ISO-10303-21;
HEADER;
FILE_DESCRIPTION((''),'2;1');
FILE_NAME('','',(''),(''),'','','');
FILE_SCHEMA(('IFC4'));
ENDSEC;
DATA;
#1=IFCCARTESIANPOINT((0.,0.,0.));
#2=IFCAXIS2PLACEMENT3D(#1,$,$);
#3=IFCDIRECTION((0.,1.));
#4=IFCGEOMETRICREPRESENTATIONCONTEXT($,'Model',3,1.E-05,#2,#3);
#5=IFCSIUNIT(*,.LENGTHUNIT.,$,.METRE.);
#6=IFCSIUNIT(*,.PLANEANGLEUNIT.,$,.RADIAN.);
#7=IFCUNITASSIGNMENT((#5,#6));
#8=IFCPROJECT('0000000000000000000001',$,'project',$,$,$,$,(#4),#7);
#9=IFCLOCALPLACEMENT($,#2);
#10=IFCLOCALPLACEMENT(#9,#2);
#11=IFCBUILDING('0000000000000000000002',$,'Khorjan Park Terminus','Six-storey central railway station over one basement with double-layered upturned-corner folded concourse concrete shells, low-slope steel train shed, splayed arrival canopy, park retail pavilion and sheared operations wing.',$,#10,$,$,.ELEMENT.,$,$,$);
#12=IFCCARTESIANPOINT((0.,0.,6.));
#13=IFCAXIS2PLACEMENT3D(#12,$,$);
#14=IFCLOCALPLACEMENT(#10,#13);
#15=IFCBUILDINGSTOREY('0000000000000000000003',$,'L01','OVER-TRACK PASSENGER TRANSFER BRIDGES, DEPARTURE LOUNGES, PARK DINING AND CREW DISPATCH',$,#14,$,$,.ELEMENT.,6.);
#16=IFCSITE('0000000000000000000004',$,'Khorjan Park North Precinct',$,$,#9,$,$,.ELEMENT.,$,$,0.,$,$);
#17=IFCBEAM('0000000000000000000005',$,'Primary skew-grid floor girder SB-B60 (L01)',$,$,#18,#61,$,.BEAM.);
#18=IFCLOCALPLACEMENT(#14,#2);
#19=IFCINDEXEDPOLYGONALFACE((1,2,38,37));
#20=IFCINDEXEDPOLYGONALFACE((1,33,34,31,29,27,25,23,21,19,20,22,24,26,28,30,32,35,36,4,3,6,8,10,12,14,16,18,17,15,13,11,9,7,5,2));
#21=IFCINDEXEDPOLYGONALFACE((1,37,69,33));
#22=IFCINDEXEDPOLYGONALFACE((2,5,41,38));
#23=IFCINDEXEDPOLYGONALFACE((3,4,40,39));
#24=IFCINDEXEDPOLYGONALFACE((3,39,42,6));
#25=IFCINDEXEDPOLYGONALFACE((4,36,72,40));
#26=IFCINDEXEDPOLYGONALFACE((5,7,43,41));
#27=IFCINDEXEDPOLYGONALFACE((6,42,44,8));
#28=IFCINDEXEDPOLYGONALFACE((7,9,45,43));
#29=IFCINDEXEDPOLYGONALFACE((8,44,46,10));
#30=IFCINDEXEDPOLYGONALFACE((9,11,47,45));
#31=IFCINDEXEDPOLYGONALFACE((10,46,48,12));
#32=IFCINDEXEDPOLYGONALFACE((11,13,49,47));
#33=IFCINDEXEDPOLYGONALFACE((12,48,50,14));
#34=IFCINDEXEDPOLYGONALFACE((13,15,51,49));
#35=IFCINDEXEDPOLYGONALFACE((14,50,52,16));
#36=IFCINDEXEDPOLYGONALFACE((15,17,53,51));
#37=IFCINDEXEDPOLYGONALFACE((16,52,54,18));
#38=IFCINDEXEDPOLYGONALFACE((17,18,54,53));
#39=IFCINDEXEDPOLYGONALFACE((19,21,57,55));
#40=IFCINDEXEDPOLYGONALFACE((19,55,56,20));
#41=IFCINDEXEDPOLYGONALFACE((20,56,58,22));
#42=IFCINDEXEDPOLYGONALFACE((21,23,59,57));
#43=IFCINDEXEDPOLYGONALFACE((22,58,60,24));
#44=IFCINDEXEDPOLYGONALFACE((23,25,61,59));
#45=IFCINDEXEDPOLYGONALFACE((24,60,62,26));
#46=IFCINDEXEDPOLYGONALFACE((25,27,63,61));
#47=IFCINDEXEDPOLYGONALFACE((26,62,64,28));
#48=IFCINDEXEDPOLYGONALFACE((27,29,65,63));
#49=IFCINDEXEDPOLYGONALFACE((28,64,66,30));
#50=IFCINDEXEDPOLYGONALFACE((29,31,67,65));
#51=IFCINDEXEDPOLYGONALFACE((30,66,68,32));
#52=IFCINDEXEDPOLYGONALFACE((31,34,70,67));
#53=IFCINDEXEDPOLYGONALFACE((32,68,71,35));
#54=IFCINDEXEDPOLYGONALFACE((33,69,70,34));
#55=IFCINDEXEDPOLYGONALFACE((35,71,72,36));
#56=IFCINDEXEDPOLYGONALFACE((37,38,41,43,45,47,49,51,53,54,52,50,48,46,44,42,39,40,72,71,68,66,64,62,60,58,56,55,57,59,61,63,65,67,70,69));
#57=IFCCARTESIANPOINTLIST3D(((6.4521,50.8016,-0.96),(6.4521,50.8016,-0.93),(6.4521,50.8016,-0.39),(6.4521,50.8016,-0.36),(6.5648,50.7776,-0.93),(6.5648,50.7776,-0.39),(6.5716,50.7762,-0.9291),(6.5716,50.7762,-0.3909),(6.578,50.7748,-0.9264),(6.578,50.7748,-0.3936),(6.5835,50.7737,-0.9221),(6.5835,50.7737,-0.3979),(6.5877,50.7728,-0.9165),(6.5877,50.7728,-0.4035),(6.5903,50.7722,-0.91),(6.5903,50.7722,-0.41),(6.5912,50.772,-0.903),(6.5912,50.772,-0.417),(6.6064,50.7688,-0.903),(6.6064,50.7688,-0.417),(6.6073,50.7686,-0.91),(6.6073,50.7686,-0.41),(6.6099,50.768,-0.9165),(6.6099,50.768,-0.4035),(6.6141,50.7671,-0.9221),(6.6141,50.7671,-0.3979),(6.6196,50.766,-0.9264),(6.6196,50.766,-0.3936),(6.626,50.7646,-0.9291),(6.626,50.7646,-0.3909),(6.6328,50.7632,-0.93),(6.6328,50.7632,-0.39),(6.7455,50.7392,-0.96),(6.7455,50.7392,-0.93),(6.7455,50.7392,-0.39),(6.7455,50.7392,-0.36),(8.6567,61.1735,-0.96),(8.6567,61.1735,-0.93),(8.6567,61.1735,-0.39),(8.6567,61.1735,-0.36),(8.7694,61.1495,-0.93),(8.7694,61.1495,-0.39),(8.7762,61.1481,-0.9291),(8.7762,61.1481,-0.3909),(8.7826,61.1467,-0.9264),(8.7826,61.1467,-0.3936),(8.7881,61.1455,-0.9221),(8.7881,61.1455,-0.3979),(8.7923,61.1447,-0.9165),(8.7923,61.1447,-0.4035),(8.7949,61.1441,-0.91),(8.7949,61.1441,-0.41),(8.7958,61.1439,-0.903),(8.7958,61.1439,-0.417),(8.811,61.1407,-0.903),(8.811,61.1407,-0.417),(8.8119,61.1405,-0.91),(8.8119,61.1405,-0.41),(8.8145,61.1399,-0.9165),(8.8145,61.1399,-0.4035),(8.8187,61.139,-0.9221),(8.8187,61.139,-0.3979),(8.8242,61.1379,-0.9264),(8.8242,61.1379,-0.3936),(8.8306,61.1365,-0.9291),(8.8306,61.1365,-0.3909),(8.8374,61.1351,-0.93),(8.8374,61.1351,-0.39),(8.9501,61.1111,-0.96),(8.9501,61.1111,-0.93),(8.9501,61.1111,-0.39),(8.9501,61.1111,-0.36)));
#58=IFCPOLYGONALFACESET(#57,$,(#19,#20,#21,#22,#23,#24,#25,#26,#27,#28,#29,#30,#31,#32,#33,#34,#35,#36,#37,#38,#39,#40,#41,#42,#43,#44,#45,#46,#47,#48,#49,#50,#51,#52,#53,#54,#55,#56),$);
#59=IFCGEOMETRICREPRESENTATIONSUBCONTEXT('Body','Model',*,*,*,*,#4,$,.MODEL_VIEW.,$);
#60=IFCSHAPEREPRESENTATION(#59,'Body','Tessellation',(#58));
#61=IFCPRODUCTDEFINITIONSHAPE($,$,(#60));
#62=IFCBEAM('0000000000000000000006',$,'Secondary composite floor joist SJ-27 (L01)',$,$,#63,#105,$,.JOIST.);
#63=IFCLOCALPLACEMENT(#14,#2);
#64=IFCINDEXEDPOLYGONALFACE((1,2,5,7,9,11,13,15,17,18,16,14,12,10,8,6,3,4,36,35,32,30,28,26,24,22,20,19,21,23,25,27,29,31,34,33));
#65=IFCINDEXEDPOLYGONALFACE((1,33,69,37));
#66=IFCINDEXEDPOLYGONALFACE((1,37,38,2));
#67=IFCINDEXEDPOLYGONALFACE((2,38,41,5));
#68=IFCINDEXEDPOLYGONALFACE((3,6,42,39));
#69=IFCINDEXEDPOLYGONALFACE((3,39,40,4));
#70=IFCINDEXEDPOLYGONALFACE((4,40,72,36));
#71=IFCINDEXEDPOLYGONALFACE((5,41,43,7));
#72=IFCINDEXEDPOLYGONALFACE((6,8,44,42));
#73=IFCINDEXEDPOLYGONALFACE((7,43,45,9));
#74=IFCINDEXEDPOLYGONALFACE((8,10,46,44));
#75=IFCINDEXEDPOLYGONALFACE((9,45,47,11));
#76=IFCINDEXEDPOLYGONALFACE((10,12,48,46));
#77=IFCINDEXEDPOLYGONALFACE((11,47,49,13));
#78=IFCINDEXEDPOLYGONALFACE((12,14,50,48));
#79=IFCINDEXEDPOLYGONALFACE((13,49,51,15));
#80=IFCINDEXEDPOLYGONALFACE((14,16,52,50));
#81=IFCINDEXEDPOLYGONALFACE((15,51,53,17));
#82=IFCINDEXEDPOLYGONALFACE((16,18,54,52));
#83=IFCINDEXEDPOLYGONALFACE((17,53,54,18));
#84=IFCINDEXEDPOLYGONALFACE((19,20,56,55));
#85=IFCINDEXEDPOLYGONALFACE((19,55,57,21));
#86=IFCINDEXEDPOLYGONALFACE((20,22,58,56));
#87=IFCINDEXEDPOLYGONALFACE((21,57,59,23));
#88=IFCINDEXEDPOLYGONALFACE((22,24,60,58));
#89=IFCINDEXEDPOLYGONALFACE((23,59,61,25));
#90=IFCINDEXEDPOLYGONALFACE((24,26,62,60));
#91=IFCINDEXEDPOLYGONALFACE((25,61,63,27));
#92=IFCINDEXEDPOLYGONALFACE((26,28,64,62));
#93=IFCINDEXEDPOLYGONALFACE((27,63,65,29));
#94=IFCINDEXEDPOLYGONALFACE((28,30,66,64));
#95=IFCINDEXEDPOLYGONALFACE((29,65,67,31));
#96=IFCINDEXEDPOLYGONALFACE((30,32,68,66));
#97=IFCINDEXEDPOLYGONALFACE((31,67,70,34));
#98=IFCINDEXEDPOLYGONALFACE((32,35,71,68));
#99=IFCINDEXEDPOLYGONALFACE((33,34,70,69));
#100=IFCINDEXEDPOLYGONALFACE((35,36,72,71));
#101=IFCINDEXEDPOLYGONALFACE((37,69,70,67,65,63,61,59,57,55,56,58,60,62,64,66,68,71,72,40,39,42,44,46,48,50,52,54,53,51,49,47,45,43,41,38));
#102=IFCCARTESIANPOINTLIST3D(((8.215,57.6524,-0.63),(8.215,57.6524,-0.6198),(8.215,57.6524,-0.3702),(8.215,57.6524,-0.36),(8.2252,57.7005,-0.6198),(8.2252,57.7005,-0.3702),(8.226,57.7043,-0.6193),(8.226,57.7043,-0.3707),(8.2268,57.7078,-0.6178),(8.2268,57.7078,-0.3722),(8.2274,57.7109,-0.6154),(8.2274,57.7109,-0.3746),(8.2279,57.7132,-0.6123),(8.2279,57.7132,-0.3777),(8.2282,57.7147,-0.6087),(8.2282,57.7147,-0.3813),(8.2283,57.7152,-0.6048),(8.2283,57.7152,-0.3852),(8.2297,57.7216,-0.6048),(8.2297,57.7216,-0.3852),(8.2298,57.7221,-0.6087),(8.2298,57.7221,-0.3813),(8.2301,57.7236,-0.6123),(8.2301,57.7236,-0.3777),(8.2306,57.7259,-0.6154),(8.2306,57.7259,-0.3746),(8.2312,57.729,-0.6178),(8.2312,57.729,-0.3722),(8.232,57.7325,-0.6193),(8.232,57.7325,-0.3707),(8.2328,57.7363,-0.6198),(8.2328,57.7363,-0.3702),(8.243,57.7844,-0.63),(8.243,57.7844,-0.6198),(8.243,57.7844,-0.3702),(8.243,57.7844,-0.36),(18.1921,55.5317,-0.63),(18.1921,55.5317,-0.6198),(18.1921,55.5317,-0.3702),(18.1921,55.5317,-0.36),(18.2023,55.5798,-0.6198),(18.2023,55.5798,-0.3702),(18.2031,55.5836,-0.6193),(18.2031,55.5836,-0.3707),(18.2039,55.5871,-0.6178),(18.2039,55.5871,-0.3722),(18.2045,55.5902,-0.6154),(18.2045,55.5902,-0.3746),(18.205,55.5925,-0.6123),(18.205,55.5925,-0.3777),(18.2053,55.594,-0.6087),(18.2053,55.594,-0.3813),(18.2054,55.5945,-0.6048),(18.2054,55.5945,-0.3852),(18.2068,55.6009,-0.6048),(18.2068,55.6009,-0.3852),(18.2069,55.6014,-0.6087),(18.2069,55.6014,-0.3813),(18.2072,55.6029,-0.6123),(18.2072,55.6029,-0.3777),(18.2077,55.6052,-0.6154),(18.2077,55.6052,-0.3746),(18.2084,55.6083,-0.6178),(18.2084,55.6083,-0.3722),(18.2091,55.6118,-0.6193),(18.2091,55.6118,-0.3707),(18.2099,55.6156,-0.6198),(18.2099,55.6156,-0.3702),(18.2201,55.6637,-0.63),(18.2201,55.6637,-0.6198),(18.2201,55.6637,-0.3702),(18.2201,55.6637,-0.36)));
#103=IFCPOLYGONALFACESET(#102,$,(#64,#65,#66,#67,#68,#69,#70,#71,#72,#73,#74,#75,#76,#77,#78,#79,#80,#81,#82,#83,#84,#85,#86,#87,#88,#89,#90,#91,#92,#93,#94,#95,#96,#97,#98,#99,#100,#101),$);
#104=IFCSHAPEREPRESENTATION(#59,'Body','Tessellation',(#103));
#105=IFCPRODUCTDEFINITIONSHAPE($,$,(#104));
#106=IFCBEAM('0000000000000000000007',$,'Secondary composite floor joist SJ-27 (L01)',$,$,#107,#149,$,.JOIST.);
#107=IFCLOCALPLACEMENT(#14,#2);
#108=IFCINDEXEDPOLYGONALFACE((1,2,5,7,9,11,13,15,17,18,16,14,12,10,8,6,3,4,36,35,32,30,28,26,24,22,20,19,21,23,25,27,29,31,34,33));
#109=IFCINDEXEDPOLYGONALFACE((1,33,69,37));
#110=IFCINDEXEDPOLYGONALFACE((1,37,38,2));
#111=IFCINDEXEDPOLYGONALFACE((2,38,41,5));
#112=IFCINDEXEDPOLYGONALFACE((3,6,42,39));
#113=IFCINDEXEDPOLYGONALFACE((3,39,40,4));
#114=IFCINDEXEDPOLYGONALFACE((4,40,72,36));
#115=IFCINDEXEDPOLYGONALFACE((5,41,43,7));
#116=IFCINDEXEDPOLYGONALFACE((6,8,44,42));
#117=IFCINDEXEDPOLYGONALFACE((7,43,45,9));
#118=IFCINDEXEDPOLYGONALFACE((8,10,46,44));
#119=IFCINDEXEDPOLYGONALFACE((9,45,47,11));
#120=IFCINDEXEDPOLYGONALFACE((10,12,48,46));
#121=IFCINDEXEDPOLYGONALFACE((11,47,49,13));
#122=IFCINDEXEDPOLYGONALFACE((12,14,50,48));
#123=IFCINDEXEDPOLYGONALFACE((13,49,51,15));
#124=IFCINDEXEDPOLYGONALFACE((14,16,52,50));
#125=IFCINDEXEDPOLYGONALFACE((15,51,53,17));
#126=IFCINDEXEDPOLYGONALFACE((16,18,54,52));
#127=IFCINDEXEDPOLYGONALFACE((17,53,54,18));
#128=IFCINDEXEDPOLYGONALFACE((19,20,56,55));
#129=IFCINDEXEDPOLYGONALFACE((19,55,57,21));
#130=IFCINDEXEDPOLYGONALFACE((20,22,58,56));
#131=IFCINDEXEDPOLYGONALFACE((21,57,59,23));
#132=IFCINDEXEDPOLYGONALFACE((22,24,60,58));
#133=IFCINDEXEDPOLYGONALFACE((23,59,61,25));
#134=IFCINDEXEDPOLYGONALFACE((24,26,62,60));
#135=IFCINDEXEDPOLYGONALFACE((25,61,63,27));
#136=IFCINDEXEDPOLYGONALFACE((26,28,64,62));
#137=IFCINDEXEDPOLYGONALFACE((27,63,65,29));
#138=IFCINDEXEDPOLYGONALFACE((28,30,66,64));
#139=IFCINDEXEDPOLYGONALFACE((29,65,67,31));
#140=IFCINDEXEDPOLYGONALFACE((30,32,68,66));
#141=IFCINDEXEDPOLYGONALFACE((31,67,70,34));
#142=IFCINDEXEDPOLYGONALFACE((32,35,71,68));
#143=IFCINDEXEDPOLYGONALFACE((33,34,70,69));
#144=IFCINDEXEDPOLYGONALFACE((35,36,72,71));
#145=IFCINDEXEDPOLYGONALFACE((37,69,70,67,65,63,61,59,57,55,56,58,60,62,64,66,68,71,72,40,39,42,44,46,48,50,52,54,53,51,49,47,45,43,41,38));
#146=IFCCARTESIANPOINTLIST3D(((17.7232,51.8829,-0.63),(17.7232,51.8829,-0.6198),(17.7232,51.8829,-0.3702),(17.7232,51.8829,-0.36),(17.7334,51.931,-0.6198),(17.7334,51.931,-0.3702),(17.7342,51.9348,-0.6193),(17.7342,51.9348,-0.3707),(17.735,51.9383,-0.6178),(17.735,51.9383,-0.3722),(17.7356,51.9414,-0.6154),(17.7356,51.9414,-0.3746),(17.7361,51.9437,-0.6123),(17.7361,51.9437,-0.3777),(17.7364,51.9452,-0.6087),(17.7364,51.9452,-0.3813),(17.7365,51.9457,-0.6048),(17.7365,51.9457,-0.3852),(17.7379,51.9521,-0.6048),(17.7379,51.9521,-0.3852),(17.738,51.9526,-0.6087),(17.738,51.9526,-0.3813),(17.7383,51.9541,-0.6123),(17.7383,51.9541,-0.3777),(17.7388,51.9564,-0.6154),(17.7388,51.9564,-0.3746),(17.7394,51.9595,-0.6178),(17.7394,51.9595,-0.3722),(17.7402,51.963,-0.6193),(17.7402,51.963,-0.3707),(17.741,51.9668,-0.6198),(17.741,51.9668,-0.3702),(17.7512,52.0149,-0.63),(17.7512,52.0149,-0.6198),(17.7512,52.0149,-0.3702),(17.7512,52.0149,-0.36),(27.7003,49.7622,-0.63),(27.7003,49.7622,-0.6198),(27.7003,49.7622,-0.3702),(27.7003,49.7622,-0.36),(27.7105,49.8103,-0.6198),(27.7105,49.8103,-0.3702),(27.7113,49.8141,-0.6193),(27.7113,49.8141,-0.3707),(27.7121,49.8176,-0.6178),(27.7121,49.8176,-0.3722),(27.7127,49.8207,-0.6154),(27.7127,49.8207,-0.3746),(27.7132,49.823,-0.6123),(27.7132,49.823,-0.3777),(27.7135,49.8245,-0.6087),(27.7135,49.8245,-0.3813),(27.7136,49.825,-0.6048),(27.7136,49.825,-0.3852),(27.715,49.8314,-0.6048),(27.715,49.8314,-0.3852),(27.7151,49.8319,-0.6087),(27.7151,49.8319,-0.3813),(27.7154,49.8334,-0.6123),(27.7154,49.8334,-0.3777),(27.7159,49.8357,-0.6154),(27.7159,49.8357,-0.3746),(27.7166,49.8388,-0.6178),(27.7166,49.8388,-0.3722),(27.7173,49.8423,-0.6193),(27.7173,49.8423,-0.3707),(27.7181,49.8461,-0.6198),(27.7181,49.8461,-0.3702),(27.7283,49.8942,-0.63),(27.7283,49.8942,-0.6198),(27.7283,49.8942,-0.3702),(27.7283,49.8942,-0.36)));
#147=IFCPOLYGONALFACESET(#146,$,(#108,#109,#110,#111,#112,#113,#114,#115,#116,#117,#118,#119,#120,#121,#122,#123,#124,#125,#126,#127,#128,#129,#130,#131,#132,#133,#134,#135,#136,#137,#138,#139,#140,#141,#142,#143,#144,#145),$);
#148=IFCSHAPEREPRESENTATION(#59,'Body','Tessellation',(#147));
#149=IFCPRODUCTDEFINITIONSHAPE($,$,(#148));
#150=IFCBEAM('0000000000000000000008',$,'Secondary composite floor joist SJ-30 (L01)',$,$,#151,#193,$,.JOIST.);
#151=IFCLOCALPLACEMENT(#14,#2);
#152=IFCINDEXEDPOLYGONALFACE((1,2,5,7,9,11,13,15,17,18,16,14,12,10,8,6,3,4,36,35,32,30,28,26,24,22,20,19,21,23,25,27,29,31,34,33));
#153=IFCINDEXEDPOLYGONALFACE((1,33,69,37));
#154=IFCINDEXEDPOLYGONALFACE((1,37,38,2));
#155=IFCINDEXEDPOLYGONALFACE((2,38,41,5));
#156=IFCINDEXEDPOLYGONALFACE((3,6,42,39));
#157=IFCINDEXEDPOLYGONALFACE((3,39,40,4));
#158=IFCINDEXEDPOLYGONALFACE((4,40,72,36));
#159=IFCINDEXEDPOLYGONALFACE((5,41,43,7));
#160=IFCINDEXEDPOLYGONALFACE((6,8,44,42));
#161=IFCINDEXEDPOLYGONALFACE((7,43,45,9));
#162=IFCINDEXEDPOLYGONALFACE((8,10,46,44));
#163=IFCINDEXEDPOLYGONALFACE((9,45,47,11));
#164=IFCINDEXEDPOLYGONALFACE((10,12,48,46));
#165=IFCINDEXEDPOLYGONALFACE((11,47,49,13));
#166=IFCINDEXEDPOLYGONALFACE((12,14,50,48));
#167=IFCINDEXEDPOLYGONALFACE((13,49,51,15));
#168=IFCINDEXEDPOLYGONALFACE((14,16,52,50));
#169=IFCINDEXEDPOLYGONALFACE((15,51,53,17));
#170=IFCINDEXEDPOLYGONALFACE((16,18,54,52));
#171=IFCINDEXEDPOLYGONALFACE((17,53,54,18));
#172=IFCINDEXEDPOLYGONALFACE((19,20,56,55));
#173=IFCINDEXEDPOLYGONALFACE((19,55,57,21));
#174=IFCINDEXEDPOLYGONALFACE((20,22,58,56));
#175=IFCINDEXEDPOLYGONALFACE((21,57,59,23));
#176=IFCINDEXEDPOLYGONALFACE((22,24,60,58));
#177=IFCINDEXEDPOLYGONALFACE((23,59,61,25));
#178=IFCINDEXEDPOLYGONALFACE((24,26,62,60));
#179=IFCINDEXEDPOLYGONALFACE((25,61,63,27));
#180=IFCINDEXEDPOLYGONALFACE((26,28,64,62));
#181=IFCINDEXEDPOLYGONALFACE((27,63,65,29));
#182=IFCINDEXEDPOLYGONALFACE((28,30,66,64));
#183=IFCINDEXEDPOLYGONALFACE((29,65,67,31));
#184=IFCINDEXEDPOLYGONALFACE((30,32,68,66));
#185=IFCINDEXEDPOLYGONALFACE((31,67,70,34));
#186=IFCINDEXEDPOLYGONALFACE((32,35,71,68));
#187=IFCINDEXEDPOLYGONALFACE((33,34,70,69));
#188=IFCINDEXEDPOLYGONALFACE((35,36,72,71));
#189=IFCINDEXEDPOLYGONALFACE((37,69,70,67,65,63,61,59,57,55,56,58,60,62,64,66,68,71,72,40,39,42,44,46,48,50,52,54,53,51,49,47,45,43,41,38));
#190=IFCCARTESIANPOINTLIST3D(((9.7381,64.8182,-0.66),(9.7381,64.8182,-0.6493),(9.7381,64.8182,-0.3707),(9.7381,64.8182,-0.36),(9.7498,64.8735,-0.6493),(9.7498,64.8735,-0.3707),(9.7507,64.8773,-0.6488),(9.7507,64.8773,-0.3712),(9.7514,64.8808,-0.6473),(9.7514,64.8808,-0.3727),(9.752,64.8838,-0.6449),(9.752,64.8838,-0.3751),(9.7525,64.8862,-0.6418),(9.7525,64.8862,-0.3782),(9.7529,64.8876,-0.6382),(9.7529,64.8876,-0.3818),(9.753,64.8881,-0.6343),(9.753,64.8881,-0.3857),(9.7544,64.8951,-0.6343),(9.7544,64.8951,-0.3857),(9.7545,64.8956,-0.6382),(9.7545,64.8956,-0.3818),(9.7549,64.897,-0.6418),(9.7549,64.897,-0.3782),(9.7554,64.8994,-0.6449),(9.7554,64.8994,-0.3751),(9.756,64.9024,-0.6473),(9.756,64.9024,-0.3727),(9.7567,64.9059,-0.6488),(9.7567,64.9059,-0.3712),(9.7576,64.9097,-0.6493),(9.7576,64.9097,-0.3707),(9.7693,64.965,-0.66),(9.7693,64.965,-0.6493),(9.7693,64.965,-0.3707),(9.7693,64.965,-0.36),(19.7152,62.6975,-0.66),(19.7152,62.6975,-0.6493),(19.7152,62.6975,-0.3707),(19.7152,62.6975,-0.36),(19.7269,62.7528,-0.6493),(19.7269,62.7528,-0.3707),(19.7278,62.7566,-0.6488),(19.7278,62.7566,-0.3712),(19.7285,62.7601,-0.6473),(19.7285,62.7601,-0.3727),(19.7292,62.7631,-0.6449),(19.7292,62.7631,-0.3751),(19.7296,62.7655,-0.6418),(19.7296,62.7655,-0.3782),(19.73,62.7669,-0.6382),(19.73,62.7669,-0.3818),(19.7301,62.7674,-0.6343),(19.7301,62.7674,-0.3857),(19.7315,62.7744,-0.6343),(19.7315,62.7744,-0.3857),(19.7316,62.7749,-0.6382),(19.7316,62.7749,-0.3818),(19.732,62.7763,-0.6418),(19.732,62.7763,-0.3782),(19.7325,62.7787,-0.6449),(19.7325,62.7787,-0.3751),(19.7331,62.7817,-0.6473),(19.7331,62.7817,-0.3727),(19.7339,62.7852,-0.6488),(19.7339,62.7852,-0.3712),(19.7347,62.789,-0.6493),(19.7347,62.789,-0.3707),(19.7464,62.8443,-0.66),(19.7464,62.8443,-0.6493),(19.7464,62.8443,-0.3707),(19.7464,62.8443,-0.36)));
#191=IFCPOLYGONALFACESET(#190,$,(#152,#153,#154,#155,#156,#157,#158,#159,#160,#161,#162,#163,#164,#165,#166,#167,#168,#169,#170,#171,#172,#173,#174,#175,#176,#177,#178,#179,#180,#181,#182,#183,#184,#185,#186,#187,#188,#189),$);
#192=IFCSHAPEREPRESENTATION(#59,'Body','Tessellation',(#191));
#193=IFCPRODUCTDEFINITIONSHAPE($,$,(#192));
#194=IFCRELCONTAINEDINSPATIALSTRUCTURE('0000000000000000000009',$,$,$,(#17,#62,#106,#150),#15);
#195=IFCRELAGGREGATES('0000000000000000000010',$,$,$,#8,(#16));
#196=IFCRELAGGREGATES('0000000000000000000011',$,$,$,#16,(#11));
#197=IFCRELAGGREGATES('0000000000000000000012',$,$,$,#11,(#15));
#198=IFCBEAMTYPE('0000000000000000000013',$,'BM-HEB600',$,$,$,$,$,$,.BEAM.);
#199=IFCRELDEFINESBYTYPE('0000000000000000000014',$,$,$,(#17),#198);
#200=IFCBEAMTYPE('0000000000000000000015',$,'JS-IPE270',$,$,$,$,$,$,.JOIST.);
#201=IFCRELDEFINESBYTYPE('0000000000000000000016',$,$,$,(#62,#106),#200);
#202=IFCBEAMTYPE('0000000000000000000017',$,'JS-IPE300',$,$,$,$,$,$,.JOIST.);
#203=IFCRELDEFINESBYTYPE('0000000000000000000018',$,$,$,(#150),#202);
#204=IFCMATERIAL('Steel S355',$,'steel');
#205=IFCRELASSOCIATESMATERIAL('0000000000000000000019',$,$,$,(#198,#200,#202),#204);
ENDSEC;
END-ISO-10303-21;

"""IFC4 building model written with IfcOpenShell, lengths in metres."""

from ifc_helpers import new_model, si_unit, direction, frame, origin, origin_2d, place, context, subcontext, project, spatial, i_section, extrude, material, material_profile, profile_set, type_object, element, save


model = new_model("IFC4")

# Units and contexts
model_context = context("Model", 3, precision=1e-05, world=origin(), true_north=direction((0.0, 1.0)))
body_context = subcontext(model_context, "Body", "Model", "MODEL_VIEW")
ifc_project = project(units=[si_unit("LENGTHUNIT", "METRE"), si_unit("PLANEANGLEUNIT", "RADIAN")], contexts=[model_context])

# Site, building, storey
site_placement = place(None, origin())
site = spatial("IfcSite", under=ifc_project, at=site_placement, Name="Khorjan Park North Precinct", CompositionType="ELEMENT", RefElevation=0.0)
building_placement = place(site_placement, origin())
building = spatial("IfcBuilding", under=site, at=building_placement, Name="Khorjan Park Terminus", Description="Six-storey central railway station over one basement with double-layered upturned-corner folded concourse concrete shells, low-slope steel train shed, splayed arrival canopy, park retail pavilion and sheared operations wing.", CompositionType="ELEMENT")
storey_placement = place(building_placement, frame((0.0, 0.0, 6.0)))
storey = spatial("IfcBuildingStorey", under=building, at=storey_placement, Name="L01", Description="OVER-TRACK PASSENGER TRANSFER BRIDGES, DEPARTURE LOUNGES, PARK DINING AND CREW DISPATCH", CompositionType="ELEMENT", Elevation=6.0)

# Shared definitions
ifc_material_1 = material(Name="Steel S355", Category="steel")

# Beams
ifc_material_profile_1 = material_profile(ifc_material_1, i_section(OverallWidth=0.3, OverallDepth=0.6, WebThickness=0.0155, FlangeThickness=0.03, FilletRadius=0.027, at=origin_2d()), Name="HEB 600")
ifc_profile_set_1 = profile_set([ifc_material_profile_1], Name="Steel S355")
beam_type_1 = type_object("IfcBeamType", Name="BM-HEB600", PredefinedType="BEAM", material=ifc_profile_set_1)
beam_1_placement = place(storey_placement, frame((6.5988, 50.7704, -0.66), z_axis=(0.20791, 0.978148, 0.0), x_axis=(-0.978148, 0.20791, 0.0)))
element("IfcBeam", 1, at=beam_1_placement, inside=storey, type_object=beam_type_1, Name="Primary skew-grid floor girder SB-B60 (L01)", PredefinedType="BEAM", context=body_context, shape_type="SweptSolid", body=[
    extrude(i_section(OverallWidth=0.3, OverallDepth=0.6, WebThickness=0.0155, FlangeThickness=0.03, FilletRadius=0.027, at=origin_2d()), origin(), (0.0, 0.0, 1.0), 10.6036),
])
ifc_material_profile_2 = material_profile(ifc_material_1, i_section(OverallWidth=0.135, OverallDepth=0.27, WebThickness=0.0066, FlangeThickness=0.0102, FilletRadius=0.015, at=origin_2d()), Name="IPE 270")
ifc_profile_set_2 = profile_set([ifc_material_profile_2], Name="Steel S355")
beam_type_2 = type_object("IfcBeamType", Name="JS-IPE270", PredefinedType="JOIST", material=ifc_profile_set_2)
for number, where, z_axis, x_axis, name in (
    (2, (8.229, 57.7184, -0.495), (0.978148, -0.207912, 0.0), (0.207912, 0.978148, 0.0), "Secondary composite floor joist SJ-27 (L01)"),
    (3, (17.7372, 51.9489, -0.495), (0.978148, -0.207912, 0.0), (0.207912, 0.978148, 0.0), "Secondary composite floor joist SJ-27 (L01)"),
):
    element("IfcBeam", number, at=place(storey_placement, frame(where, z_axis=z_axis, x_axis=x_axis)), inside=storey, type_object=beam_type_2, Name=name, PredefinedType="JOIST", context=body_context, shape_type="SweptSolid", body=[
        extrude(i_section(OverallWidth=0.135, OverallDepth=0.27, WebThickness=0.0066, FlangeThickness=0.0102, FilletRadius=0.015, at=origin_2d()), origin(), (0.0, 0.0, 1.0), 10.2),
    ])
ifc_material_profile_3 = material_profile(ifc_material_1, i_section(OverallWidth=0.15, OverallDepth=0.3, WebThickness=0.0071, FlangeThickness=0.0107, FilletRadius=0.015, at=origin_2d()), Name="IPE 300")
ifc_profile_set_3 = profile_set([ifc_material_profile_3], Name="Steel S355")
beam_type_3 = type_object("IfcBeamType", Name="JS-IPE300", PredefinedType="JOIST", material=ifc_profile_set_3)
for number, where, z_axis, x_axis, name in (
    (4, (9.7537, 64.8916, -0.51), (0.978148, -0.207912, 0.0), (0.207912, 0.978148, 0.0), "Secondary composite floor joist SJ-30 (L01)"),
):
    element("IfcBeam", number, at=place(storey_placement, frame(where, z_axis=z_axis, x_axis=x_axis)), inside=storey, type_object=beam_type_3, Name=name, PredefinedType="JOIST", context=body_context, shape_type="SweptSolid", body=[
        extrude(i_section(OverallWidth=0.15, OverallDepth=0.3, WebThickness=0.0071, FlangeThickness=0.0107, FilletRadius=0.015, at=origin_2d()), origin(), (0.0, 0.0, 1.0), 10.2),
    ])

save(model, "model.ifc")
